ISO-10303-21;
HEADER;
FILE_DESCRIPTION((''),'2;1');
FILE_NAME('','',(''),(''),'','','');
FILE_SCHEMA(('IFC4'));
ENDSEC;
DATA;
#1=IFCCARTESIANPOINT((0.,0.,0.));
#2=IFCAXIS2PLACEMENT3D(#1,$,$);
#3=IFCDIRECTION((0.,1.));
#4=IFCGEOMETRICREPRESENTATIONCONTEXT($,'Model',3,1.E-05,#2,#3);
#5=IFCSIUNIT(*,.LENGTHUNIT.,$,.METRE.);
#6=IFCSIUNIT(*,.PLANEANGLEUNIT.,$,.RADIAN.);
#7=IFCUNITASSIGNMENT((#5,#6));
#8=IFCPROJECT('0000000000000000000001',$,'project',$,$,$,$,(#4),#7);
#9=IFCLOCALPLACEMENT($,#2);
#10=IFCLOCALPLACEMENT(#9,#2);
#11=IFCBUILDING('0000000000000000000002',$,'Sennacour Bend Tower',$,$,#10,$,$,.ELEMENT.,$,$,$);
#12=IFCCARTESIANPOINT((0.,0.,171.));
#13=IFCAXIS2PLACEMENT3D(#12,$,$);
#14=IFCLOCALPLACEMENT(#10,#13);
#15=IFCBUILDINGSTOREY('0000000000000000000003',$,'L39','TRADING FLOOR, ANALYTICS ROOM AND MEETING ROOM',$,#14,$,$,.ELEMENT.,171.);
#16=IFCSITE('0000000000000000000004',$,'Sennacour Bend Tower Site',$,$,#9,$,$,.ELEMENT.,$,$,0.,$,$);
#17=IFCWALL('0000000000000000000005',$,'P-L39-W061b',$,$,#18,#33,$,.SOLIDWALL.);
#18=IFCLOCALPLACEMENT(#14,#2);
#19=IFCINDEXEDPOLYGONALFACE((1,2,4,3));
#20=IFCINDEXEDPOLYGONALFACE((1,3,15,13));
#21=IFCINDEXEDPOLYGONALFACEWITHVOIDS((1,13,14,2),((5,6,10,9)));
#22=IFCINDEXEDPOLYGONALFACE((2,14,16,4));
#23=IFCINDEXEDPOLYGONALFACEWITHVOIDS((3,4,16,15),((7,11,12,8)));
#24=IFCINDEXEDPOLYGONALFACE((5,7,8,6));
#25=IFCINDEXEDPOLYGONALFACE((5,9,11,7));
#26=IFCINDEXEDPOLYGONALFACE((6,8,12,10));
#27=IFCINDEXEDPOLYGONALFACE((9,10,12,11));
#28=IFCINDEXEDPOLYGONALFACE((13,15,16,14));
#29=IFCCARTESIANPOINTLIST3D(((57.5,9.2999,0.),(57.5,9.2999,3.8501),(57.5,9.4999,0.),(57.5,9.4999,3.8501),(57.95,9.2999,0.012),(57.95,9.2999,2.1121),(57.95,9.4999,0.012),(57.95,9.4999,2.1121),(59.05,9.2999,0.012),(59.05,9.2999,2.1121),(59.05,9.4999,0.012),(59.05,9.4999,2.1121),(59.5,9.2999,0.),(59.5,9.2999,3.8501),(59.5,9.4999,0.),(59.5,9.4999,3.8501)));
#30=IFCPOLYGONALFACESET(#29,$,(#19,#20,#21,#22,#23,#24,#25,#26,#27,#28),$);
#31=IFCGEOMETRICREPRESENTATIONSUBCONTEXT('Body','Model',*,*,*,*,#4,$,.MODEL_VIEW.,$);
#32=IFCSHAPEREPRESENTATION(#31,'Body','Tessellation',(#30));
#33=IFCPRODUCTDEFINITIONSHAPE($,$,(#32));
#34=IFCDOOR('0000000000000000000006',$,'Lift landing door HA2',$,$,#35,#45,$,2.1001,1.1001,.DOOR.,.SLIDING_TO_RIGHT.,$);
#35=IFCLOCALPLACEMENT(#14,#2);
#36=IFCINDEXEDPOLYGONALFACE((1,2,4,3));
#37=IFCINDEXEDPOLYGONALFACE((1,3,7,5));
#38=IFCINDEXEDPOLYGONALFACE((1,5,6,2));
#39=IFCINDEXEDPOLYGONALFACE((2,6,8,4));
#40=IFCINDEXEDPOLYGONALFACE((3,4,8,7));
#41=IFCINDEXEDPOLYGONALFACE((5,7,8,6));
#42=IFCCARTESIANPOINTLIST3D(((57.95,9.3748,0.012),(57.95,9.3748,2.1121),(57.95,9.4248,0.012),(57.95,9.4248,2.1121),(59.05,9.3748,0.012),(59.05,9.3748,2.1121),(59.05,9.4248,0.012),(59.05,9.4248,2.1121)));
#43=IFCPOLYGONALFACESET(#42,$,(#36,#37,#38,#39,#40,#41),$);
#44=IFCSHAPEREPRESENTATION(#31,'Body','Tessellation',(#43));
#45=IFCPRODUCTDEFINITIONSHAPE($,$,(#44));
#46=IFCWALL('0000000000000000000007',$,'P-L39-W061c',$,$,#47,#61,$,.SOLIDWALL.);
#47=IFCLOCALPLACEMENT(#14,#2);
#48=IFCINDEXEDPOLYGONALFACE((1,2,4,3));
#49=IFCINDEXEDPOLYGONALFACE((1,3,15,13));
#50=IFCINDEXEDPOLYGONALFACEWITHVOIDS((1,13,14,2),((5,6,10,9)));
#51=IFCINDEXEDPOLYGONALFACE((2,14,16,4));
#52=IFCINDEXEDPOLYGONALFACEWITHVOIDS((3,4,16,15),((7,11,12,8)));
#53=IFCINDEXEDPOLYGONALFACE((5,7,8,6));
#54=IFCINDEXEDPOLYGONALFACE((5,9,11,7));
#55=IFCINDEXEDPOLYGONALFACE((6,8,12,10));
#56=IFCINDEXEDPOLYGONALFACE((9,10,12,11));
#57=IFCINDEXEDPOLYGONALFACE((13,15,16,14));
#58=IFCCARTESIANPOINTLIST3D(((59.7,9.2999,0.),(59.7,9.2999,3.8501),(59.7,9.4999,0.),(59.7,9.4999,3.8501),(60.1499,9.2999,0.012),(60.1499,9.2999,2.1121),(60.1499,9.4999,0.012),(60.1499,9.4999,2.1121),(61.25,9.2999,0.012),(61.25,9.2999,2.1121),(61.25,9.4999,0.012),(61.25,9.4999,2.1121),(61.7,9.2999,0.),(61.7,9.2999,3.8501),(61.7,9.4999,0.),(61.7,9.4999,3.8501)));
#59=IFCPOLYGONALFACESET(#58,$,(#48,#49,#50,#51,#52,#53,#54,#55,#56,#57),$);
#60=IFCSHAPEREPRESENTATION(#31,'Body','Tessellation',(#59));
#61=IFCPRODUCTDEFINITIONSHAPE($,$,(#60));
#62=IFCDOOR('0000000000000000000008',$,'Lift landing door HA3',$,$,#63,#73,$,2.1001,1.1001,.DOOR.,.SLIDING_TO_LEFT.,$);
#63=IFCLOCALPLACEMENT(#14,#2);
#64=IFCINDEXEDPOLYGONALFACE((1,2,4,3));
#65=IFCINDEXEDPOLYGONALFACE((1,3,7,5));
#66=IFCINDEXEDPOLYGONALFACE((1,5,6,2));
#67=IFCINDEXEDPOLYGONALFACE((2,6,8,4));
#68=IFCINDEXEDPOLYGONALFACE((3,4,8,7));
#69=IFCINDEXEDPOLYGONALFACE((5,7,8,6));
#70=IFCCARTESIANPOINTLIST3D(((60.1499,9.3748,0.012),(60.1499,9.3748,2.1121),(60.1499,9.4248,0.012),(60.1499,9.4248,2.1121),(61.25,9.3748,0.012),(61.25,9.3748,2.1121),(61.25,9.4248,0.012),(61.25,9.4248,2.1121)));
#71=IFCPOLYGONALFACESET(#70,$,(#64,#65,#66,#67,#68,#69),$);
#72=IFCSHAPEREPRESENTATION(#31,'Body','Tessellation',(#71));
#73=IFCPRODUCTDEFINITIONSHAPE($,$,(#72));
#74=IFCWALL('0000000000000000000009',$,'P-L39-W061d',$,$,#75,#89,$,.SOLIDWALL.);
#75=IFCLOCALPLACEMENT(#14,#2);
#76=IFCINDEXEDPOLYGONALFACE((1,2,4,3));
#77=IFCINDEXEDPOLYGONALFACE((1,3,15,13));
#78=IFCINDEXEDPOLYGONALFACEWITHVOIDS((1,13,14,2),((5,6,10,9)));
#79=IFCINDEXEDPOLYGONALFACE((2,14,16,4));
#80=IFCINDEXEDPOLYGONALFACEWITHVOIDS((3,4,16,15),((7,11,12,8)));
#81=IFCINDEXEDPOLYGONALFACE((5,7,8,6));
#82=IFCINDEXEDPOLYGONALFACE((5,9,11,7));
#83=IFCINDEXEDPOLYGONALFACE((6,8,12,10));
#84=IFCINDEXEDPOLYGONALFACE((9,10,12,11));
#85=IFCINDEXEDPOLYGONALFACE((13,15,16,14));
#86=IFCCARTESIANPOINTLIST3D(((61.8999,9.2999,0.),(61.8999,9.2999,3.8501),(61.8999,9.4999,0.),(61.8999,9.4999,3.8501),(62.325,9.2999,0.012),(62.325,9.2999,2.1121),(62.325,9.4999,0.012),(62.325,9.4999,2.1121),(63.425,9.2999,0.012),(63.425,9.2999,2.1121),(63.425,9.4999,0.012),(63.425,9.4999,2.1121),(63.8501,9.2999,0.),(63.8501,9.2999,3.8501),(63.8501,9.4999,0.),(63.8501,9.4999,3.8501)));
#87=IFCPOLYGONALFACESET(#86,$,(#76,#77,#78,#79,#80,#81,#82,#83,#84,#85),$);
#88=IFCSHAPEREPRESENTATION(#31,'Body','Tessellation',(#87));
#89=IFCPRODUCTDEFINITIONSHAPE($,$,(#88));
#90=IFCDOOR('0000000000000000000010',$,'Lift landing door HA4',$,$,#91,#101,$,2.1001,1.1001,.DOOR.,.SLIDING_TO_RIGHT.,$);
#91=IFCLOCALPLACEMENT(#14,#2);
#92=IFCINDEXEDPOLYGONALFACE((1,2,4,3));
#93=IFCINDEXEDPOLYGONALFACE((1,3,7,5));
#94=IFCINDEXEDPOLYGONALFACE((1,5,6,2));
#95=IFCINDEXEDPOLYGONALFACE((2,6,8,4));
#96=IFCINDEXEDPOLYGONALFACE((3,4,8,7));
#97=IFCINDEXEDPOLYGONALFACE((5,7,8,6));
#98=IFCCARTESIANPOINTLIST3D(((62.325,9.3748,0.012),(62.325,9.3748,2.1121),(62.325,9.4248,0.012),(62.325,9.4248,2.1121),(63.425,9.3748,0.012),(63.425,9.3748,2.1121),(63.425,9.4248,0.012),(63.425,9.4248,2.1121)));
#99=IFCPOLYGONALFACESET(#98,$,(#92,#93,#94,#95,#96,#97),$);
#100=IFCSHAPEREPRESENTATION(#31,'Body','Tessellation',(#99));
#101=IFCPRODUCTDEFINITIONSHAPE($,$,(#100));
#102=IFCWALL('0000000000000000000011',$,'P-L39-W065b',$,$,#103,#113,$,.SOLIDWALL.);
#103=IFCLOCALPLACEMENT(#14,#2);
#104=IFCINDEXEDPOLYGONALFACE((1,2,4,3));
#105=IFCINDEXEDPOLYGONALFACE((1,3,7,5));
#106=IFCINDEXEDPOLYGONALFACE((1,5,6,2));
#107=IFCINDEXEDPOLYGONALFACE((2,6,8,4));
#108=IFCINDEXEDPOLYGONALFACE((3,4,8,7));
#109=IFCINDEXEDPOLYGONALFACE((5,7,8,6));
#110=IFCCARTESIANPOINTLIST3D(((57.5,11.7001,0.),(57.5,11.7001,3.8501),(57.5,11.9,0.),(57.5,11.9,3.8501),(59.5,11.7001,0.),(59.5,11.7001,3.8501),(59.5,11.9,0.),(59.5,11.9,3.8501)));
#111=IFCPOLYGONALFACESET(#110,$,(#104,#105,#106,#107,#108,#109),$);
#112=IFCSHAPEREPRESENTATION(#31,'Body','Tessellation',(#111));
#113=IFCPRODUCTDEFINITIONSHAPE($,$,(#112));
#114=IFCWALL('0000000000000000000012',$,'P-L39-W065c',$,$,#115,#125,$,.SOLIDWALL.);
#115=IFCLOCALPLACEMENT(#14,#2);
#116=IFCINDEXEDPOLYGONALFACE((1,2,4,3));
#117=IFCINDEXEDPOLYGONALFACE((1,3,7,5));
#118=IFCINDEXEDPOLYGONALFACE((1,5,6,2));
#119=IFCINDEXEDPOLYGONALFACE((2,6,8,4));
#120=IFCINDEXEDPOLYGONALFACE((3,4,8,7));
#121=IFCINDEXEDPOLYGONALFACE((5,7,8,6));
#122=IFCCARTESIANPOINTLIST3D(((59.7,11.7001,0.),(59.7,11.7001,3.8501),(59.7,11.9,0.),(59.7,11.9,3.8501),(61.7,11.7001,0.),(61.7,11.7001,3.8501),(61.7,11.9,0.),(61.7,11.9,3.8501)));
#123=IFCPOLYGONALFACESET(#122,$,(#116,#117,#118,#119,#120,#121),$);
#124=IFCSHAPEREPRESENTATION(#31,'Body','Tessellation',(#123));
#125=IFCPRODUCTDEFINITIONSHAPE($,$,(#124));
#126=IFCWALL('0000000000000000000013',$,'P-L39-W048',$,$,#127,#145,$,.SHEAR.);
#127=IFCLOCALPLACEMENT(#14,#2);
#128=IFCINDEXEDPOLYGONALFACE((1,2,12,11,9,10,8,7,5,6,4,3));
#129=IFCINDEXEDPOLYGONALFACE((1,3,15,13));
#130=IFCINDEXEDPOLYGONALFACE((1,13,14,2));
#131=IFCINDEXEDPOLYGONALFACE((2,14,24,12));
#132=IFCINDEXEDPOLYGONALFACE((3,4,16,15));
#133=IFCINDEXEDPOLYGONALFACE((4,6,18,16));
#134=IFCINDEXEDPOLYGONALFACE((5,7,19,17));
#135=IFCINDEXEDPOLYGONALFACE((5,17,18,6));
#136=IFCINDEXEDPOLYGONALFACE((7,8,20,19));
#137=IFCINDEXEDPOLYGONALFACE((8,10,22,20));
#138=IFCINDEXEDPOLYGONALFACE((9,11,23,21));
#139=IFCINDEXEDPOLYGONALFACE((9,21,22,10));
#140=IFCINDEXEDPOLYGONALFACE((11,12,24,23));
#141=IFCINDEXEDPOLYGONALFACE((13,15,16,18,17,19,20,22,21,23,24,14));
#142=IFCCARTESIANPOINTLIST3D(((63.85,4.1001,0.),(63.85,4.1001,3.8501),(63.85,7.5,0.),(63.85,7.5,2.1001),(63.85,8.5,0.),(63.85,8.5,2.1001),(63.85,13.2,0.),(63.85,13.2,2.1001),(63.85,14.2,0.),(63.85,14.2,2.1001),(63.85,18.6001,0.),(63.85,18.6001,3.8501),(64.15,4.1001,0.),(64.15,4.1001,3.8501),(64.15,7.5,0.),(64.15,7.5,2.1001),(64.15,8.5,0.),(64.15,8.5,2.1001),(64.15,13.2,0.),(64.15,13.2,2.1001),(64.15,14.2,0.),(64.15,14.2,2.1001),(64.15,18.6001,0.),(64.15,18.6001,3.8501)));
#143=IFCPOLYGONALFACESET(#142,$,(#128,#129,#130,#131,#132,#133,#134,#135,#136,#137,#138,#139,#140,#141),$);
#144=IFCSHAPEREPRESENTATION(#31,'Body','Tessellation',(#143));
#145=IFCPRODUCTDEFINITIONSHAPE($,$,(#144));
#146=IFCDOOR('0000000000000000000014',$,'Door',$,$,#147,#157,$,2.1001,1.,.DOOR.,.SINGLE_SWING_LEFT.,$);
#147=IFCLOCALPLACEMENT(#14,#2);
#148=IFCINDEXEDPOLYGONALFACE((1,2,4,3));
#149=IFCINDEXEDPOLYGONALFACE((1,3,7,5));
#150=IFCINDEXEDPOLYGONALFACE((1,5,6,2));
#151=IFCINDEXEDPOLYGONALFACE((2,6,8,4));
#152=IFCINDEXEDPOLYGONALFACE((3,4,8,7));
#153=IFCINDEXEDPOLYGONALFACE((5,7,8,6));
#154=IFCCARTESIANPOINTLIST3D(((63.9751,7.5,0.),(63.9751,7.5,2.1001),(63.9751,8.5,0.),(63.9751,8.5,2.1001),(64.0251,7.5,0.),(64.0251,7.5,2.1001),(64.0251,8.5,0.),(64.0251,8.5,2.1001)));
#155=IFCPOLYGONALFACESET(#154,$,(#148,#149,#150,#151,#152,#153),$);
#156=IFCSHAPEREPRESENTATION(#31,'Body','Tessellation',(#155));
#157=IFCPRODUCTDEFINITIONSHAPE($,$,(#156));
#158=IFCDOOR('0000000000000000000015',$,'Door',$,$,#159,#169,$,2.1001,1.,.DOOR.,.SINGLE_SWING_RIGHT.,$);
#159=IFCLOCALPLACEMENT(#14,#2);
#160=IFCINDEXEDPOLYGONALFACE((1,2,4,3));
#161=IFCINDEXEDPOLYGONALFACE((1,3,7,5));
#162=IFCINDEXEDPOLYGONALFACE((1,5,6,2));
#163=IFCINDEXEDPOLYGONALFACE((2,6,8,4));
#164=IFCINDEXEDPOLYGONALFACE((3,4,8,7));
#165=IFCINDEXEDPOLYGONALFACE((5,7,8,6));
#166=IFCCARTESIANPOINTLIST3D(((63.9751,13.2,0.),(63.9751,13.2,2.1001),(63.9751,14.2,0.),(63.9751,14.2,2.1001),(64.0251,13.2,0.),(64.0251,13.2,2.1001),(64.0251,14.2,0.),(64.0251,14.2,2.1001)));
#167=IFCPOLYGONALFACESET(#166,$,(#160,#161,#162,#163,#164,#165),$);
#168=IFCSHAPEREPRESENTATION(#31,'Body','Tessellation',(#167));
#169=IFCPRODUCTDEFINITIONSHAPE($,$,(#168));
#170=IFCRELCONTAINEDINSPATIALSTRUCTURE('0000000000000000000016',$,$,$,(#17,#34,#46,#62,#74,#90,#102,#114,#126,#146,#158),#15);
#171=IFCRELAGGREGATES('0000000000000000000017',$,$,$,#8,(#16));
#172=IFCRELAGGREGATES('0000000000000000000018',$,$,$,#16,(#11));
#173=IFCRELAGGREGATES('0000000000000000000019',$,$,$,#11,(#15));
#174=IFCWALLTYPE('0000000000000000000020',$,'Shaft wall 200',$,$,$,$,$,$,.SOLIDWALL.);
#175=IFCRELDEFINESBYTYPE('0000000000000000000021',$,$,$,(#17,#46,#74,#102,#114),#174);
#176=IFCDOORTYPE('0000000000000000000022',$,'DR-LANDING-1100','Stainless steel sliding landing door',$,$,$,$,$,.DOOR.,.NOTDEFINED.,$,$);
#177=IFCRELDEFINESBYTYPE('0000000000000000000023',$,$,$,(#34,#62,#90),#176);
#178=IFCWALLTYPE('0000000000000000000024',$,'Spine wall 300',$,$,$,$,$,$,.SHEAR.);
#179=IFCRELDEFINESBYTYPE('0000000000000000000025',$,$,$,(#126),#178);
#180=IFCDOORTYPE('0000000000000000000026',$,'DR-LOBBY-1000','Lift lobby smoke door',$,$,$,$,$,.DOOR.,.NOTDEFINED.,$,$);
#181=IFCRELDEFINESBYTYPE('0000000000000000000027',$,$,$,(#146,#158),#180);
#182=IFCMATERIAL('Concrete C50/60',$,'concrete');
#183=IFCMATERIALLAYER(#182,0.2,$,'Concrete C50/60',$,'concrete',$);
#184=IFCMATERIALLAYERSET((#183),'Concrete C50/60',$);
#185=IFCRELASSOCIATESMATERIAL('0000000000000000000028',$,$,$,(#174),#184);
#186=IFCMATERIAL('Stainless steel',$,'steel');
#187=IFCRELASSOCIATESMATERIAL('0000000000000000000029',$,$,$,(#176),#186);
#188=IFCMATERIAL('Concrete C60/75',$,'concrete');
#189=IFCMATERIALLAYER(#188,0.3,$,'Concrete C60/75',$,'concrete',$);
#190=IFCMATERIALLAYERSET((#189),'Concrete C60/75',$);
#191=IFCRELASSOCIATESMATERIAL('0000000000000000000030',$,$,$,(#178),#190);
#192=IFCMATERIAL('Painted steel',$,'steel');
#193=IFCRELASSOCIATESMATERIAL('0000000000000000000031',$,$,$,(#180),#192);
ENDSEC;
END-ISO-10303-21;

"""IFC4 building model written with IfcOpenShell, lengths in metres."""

from ifc_helpers import new_model, si_unit, direction, frame, frame_2d, origin, place, context, subcontext, project, spatial, rectangle, extrude, material, layer, layer_set, type_object, element, fill, save


model = new_model("IFC4")

# Units and contexts
model_context = context("Model", 3, precision=1e-05, world=origin(), true_north=direction((0.0, 1.0)))
body_context = subcontext(model_context, "Body", "Model", "MODEL_VIEW")
ifc_project = project(units=[si_unit("LENGTHUNIT", "METRE"), si_unit("PLANEANGLEUNIT", "RADIAN")], contexts=[model_context])

# Site, building, storey
site_placement = place(None, origin())
site = spatial("IfcSite", under=ifc_project, at=site_placement, Name="Sennacour Bend Tower Site", CompositionType="ELEMENT", RefElevation=0.0)
building_placement = place(site_placement, origin())
building = spatial("IfcBuilding", under=site, at=building_placement, Name="Sennacour Bend Tower", CompositionType="ELEMENT")
storey_placement = place(building_placement, frame((0.0, 0.0, 171.0)))
storey = spatial("IfcBuildingStorey", under=building, at=storey_placement, Name="L39", Description="TRADING FLOOR, ANALYTICS ROOM AND MEETING ROOM", CompositionType="ELEMENT", Elevation=171.0)

# Shared definitions
ifc_material_1 = material(Name="Concrete C60/75", Category="concrete")

# Shared definitions
ifc_material_2 = material(Name="Painted steel", Category="steel")

# Shared definitions
ifc_material_3 = material(Name="Concrete C50/60", Category="concrete")
ifc_layer_1 = layer(ifc_material_3, 0.2, Name="Concrete C50/60", Category="concrete")
ifc_layer_set_1 = layer_set([ifc_layer_1], Name="Concrete C50/60")
wall_type_1 = type_object("IfcWallType", Name="Shaft wall 200", PredefinedType="SOLIDWALL", material=ifc_layer_set_1)

# Walls, openings, doors
wall_1_placement = place(storey_placement, frame((57.5, 9.3999, 0.0), z_axis=(0.0, 0.0, 1.0), x_axis=(1.0, 0.0, 0.0)))
wall_1 = element("IfcWall", 1, at=wall_1_placement, inside=storey, type_object=wall_type_1, Name="P-L39-W061b", PredefinedType="SOLIDWALL", context=body_context, shape_type="SweptSolid", body=[
    extrude(rectangle(XDim=2.0, YDim=0.2, at=frame_2d((1.0, 0.0))), origin(), (0.0, 0.0, 1.0), 3.8501),
])
opening_1_placement = place(wall_1_placement, frame((0.45, 0.0, 0.012)))
opening_1 = element("IfcOpeningElement", 2, at=opening_1_placement, cuts=wall_1, PredefinedType="OPENING", context=body_context, shape_type="SweptSolid", body=[
    extrude(rectangle(XDim=1.1001, YDim=2.1001, at=frame_2d((0.55, 1.05))), frame((0.0, 0.1099, 0.0), z_axis=(0.0, -1.0, 0.0), x_axis=(1.0, 0.0, 0.0)), (0.0, 0.0, 1.0), 0.22),
])
ifc_material_4 = material(Name="Stainless steel", Category="steel")
door_type_1 = type_object("IfcDoorType", Name="DR-LANDING-1100", Description="Stainless steel sliding landing door", OperationType="NOTDEFINED", PredefinedType="DOOR", material=ifc_material_4)
door_1_placement = place(opening_1_placement, origin())
door_1 = element("IfcDoor", 3, at=door_1_placement, inside=storey, type_object=door_type_1, Name="Lift landing door HA2", OperationType="SLIDING_TO_RIGHT", OverallHeight=2.1001, OverallWidth=1.1001, PredefinedType="DOOR", context=body_context, shape_type="SweptSolid", body=[
    extrude(rectangle(XDim=1.1001, YDim=2.1001, at=frame_2d((0.55, 1.05))), frame((0.0, 0.0249, 0.0), z_axis=(0.0, -1.0, 0.0), x_axis=(1.0, 0.0, 0.0)), (0.0, 0.0, 1.0), 0.05),
])
fill(opening_1, door_1)
wall_2_placement = place(storey_placement, frame((59.7, 9.3999, 0.0), z_axis=(0.0, 0.0, 1.0), x_axis=(1.0, 0.0, 0.0)))
wall_2 = element("IfcWall", 4, at=wall_2_placement, inside=storey, type_object=wall_type_1, Name="P-L39-W061c", PredefinedType="SOLIDWALL", context=body_context, shape_type="SweptSolid", body=[
    extrude(rectangle(XDim=2.0, YDim=0.2, at=frame_2d((1.0, 0.0))), origin(), (0.0, 0.0, 1.0), 3.8501),
])
opening_2_placement = place(wall_2_placement, frame((0.45, 0.0, 0.012)))
opening_2 = element("IfcOpeningElement", 5, at=opening_2_placement, cuts=wall_2, PredefinedType="OPENING", context=body_context, shape_type="SweptSolid", body=[
    extrude(rectangle(XDim=1.1001, YDim=2.1001, at=frame_2d((0.55, 1.05))), frame((0.0, 0.1099, 0.0), z_axis=(0.0, -1.0, 0.0), x_axis=(1.0, 0.0, 0.0)), (0.0, 0.0, 1.0), 0.22),
])
door_2_placement = place(opening_2_placement, origin())
door_2 = element("IfcDoor", 6, at=door_2_placement, inside=storey, type_object=door_type_1, Name="Lift landing door HA3", OperationType="SLIDING_TO_LEFT", OverallHeight=2.1001, OverallWidth=1.1001, PredefinedType="DOOR", context=body_context, shape_type="SweptSolid", body=[
    extrude(rectangle(XDim=1.1001, YDim=2.1001, at=frame_2d((0.55, 1.05))), frame((0.0, 0.0249, 0.0), z_axis=(0.0, -1.0, 0.0), x_axis=(1.0, 0.0, 0.0)), (0.0, 0.0, 1.0), 0.05),
])
fill(opening_2, door_2)
wall_3_placement = place(storey_placement, frame((61.8999, 9.3999, 0.0), z_axis=(0.0, 0.0, 1.0), x_axis=(1.0, 0.0, 0.0)))
wall_3 = element("IfcWall", 7, at=wall_3_placement, inside=storey, type_object=wall_type_1, Name="P-L39-W061d", PredefinedType="SOLIDWALL", context=body_context, shape_type="SweptSolid", body=[
    extrude(rectangle(XDim=1.9502, YDim=0.2, at=frame_2d((0.9751, 0.0))), origin(), (0.0, 0.0, 1.0), 3.8501),
])
opening_3_placement = place(wall_3_placement, frame((0.425, 0.0, 0.012)))
opening_3 = element("IfcOpeningElement", 8, at=opening_3_placement, cuts=wall_3, PredefinedType="OPENING", context=body_context, shape_type="SweptSolid", body=[
    extrude(rectangle(XDim=1.1001, YDim=2.1001, at=frame_2d((0.55, 1.05))), frame((0.0, 0.1099, 0.0), z_axis=(0.0, -1.0, 0.0), x_axis=(1.0, 0.0, 0.0)), (0.0, 0.0, 1.0), 0.22),
])
door_3_placement = place(opening_3_placement, origin())
door_3 = element("IfcDoor", 9, at=door_3_placement, inside=storey, type_object=door_type_1, Name="Lift landing door HA4", OperationType="SLIDING_TO_RIGHT", OverallHeight=2.1001, OverallWidth=1.1001, PredefinedType="DOOR", context=body_context, shape_type="SweptSolid", body=[
    extrude(rectangle(XDim=1.1001, YDim=2.1001, at=frame_2d((0.55, 1.05))), frame((0.0, 0.0249, 0.0), z_axis=(0.0, -1.0, 0.0), x_axis=(1.0, 0.0, 0.0)), (0.0, 0.0, 1.0), 0.05),
])
fill(opening_3, door_3)

# Walls
for number, where, z_axis, x_axis, name in (
    (10, (57.5, 11.8, 0.0), (0.0, 0.0, 1.0), (1.0, 0.0, 0.0), "P-L39-W065b"),
    (11, (59.7, 11.8, 0.0), (0.0, 0.0, 1.0), (1.0, 0.0, 0.0), "P-L39-W065c"),
):
    element("IfcWall", number, at=place(storey_placement, frame(where, z_axis=z_axis, x_axis=x_axis)), inside=storey, type_object=wall_type_1, Name=name, PredefinedType="SOLIDWALL", context=body_context, shape_type="SweptSolid", body=[
        extrude(rectangle(XDim=2.0, YDim=0.2, at=frame_2d((1.0, 0.0))), origin(), (0.0, 0.0, 1.0), 3.8501),
    ])

# Wall, openings, doors
ifc_layer_2 = layer(ifc_material_1, 0.3, Name="Concrete C60/75", Category="concrete")
ifc_layer_set_2 = layer_set([ifc_layer_2], Name="Concrete C60/75")
wall_type_2 = type_object("IfcWallType", Name="Spine wall 300", PredefinedType="SHEAR", material=ifc_layer_set_2)
wall_4_placement = place(storey_placement, frame((64.0, 4.1001, 0.0), z_axis=(0.0, 0.0, 1.0), x_axis=(0.0, 1.0, 0.0)))
wall_4 = element("IfcWall", 12, at=wall_4_placement, inside=storey, type_object=wall_type_2, Name="P-L39-W048", PredefinedType="SHEAR", context=body_context, shape_type="SweptSolid", body=[
    extrude(rectangle(XDim=14.5, YDim=0.3, at=frame_2d((7.25, 0.0))), origin(), (0.0, 0.0, 1.0), 3.8501),
])
opening_4_placement = place(wall_4_placement, frame((3.3999, 0.0, 0.0)))
opening_4 = element("IfcOpeningElement", 13, at=opening_4_placement, cuts=wall_4, PredefinedType="OPENING", context=body_context, shape_type="SweptSolid", body=[
    extrude(rectangle(XDim=1.0, YDim=2.1001, at=frame_2d((0.5, 1.05))), frame((0.0, 0.1602, 0.0), z_axis=(0.0, -1.0, 0.0), x_axis=(1.0, 0.0, 0.0)), (0.0, 0.0, 1.0), 0.3201),
])
opening_5_placement = place(wall_4_placement, frame((9.0999, 0.0, 0.0)))
opening_5 = element("IfcOpeningElement", 14, at=opening_5_placement, cuts=wall_4, PredefinedType="OPENING", context=body_context, shape_type="SweptSolid", body=[
    extrude(rectangle(XDim=1.0, YDim=2.1001, at=frame_2d((0.5, 1.05))), frame((0.0, 0.1602, 0.0), z_axis=(0.0, -1.0, 0.0), x_axis=(1.0, 0.0, 0.0)), (0.0, 0.0, 1.0), 0.3201),
])
door_type_2 = type_object("IfcDoorType", Name="DR-LOBBY-1000", Description="Lift lobby smoke door", OperationType="NOTDEFINED", PredefinedType="DOOR", material=ifc_material_2)
door_4_placement = place(opening_4_placement, origin())
door_4 = element("IfcDoor", 15, at=door_4_placement, inside=storey, type_object=door_type_2, Name="Door", OperationType="SINGLE_SWING_LEFT", OverallHeight=2.1001, OverallWidth=1.0, PredefinedType="DOOR", context=body_context, shape_type="SweptSolid", body=[
    extrude(rectangle(XDim=1.0, YDim=2.1001, at=frame_2d((0.5, 1.05))), frame((0.0, 0.0249, 0.0), z_axis=(0.0, -1.0, 0.0), x_axis=(1.0, 0.0, 0.0)), (0.0, 0.0, 1.0), 0.05),
])
fill(opening_4, door_4)
door_5_placement = place(opening_5_placement, origin())
door_5 = element("IfcDoor", 16, at=door_5_placement, inside=storey, type_object=door_type_2, Name="Door", OperationType="SINGLE_SWING_RIGHT", OverallHeight=2.1001, OverallWidth=1.0, PredefinedType="DOOR", context=body_context, shape_type="SweptSolid", body=[
    extrude(rectangle(XDim=1.0, YDim=2.1001, at=frame_2d((0.5, 1.05))), frame((0.0, 0.0249, 0.0), z_axis=(0.0, -1.0, 0.0), x_axis=(1.0, 0.0, 0.0)), (0.0, 0.0, 1.0), 0.05),
])
fill(opening_5, door_5)

save(model, "model.ifc")
